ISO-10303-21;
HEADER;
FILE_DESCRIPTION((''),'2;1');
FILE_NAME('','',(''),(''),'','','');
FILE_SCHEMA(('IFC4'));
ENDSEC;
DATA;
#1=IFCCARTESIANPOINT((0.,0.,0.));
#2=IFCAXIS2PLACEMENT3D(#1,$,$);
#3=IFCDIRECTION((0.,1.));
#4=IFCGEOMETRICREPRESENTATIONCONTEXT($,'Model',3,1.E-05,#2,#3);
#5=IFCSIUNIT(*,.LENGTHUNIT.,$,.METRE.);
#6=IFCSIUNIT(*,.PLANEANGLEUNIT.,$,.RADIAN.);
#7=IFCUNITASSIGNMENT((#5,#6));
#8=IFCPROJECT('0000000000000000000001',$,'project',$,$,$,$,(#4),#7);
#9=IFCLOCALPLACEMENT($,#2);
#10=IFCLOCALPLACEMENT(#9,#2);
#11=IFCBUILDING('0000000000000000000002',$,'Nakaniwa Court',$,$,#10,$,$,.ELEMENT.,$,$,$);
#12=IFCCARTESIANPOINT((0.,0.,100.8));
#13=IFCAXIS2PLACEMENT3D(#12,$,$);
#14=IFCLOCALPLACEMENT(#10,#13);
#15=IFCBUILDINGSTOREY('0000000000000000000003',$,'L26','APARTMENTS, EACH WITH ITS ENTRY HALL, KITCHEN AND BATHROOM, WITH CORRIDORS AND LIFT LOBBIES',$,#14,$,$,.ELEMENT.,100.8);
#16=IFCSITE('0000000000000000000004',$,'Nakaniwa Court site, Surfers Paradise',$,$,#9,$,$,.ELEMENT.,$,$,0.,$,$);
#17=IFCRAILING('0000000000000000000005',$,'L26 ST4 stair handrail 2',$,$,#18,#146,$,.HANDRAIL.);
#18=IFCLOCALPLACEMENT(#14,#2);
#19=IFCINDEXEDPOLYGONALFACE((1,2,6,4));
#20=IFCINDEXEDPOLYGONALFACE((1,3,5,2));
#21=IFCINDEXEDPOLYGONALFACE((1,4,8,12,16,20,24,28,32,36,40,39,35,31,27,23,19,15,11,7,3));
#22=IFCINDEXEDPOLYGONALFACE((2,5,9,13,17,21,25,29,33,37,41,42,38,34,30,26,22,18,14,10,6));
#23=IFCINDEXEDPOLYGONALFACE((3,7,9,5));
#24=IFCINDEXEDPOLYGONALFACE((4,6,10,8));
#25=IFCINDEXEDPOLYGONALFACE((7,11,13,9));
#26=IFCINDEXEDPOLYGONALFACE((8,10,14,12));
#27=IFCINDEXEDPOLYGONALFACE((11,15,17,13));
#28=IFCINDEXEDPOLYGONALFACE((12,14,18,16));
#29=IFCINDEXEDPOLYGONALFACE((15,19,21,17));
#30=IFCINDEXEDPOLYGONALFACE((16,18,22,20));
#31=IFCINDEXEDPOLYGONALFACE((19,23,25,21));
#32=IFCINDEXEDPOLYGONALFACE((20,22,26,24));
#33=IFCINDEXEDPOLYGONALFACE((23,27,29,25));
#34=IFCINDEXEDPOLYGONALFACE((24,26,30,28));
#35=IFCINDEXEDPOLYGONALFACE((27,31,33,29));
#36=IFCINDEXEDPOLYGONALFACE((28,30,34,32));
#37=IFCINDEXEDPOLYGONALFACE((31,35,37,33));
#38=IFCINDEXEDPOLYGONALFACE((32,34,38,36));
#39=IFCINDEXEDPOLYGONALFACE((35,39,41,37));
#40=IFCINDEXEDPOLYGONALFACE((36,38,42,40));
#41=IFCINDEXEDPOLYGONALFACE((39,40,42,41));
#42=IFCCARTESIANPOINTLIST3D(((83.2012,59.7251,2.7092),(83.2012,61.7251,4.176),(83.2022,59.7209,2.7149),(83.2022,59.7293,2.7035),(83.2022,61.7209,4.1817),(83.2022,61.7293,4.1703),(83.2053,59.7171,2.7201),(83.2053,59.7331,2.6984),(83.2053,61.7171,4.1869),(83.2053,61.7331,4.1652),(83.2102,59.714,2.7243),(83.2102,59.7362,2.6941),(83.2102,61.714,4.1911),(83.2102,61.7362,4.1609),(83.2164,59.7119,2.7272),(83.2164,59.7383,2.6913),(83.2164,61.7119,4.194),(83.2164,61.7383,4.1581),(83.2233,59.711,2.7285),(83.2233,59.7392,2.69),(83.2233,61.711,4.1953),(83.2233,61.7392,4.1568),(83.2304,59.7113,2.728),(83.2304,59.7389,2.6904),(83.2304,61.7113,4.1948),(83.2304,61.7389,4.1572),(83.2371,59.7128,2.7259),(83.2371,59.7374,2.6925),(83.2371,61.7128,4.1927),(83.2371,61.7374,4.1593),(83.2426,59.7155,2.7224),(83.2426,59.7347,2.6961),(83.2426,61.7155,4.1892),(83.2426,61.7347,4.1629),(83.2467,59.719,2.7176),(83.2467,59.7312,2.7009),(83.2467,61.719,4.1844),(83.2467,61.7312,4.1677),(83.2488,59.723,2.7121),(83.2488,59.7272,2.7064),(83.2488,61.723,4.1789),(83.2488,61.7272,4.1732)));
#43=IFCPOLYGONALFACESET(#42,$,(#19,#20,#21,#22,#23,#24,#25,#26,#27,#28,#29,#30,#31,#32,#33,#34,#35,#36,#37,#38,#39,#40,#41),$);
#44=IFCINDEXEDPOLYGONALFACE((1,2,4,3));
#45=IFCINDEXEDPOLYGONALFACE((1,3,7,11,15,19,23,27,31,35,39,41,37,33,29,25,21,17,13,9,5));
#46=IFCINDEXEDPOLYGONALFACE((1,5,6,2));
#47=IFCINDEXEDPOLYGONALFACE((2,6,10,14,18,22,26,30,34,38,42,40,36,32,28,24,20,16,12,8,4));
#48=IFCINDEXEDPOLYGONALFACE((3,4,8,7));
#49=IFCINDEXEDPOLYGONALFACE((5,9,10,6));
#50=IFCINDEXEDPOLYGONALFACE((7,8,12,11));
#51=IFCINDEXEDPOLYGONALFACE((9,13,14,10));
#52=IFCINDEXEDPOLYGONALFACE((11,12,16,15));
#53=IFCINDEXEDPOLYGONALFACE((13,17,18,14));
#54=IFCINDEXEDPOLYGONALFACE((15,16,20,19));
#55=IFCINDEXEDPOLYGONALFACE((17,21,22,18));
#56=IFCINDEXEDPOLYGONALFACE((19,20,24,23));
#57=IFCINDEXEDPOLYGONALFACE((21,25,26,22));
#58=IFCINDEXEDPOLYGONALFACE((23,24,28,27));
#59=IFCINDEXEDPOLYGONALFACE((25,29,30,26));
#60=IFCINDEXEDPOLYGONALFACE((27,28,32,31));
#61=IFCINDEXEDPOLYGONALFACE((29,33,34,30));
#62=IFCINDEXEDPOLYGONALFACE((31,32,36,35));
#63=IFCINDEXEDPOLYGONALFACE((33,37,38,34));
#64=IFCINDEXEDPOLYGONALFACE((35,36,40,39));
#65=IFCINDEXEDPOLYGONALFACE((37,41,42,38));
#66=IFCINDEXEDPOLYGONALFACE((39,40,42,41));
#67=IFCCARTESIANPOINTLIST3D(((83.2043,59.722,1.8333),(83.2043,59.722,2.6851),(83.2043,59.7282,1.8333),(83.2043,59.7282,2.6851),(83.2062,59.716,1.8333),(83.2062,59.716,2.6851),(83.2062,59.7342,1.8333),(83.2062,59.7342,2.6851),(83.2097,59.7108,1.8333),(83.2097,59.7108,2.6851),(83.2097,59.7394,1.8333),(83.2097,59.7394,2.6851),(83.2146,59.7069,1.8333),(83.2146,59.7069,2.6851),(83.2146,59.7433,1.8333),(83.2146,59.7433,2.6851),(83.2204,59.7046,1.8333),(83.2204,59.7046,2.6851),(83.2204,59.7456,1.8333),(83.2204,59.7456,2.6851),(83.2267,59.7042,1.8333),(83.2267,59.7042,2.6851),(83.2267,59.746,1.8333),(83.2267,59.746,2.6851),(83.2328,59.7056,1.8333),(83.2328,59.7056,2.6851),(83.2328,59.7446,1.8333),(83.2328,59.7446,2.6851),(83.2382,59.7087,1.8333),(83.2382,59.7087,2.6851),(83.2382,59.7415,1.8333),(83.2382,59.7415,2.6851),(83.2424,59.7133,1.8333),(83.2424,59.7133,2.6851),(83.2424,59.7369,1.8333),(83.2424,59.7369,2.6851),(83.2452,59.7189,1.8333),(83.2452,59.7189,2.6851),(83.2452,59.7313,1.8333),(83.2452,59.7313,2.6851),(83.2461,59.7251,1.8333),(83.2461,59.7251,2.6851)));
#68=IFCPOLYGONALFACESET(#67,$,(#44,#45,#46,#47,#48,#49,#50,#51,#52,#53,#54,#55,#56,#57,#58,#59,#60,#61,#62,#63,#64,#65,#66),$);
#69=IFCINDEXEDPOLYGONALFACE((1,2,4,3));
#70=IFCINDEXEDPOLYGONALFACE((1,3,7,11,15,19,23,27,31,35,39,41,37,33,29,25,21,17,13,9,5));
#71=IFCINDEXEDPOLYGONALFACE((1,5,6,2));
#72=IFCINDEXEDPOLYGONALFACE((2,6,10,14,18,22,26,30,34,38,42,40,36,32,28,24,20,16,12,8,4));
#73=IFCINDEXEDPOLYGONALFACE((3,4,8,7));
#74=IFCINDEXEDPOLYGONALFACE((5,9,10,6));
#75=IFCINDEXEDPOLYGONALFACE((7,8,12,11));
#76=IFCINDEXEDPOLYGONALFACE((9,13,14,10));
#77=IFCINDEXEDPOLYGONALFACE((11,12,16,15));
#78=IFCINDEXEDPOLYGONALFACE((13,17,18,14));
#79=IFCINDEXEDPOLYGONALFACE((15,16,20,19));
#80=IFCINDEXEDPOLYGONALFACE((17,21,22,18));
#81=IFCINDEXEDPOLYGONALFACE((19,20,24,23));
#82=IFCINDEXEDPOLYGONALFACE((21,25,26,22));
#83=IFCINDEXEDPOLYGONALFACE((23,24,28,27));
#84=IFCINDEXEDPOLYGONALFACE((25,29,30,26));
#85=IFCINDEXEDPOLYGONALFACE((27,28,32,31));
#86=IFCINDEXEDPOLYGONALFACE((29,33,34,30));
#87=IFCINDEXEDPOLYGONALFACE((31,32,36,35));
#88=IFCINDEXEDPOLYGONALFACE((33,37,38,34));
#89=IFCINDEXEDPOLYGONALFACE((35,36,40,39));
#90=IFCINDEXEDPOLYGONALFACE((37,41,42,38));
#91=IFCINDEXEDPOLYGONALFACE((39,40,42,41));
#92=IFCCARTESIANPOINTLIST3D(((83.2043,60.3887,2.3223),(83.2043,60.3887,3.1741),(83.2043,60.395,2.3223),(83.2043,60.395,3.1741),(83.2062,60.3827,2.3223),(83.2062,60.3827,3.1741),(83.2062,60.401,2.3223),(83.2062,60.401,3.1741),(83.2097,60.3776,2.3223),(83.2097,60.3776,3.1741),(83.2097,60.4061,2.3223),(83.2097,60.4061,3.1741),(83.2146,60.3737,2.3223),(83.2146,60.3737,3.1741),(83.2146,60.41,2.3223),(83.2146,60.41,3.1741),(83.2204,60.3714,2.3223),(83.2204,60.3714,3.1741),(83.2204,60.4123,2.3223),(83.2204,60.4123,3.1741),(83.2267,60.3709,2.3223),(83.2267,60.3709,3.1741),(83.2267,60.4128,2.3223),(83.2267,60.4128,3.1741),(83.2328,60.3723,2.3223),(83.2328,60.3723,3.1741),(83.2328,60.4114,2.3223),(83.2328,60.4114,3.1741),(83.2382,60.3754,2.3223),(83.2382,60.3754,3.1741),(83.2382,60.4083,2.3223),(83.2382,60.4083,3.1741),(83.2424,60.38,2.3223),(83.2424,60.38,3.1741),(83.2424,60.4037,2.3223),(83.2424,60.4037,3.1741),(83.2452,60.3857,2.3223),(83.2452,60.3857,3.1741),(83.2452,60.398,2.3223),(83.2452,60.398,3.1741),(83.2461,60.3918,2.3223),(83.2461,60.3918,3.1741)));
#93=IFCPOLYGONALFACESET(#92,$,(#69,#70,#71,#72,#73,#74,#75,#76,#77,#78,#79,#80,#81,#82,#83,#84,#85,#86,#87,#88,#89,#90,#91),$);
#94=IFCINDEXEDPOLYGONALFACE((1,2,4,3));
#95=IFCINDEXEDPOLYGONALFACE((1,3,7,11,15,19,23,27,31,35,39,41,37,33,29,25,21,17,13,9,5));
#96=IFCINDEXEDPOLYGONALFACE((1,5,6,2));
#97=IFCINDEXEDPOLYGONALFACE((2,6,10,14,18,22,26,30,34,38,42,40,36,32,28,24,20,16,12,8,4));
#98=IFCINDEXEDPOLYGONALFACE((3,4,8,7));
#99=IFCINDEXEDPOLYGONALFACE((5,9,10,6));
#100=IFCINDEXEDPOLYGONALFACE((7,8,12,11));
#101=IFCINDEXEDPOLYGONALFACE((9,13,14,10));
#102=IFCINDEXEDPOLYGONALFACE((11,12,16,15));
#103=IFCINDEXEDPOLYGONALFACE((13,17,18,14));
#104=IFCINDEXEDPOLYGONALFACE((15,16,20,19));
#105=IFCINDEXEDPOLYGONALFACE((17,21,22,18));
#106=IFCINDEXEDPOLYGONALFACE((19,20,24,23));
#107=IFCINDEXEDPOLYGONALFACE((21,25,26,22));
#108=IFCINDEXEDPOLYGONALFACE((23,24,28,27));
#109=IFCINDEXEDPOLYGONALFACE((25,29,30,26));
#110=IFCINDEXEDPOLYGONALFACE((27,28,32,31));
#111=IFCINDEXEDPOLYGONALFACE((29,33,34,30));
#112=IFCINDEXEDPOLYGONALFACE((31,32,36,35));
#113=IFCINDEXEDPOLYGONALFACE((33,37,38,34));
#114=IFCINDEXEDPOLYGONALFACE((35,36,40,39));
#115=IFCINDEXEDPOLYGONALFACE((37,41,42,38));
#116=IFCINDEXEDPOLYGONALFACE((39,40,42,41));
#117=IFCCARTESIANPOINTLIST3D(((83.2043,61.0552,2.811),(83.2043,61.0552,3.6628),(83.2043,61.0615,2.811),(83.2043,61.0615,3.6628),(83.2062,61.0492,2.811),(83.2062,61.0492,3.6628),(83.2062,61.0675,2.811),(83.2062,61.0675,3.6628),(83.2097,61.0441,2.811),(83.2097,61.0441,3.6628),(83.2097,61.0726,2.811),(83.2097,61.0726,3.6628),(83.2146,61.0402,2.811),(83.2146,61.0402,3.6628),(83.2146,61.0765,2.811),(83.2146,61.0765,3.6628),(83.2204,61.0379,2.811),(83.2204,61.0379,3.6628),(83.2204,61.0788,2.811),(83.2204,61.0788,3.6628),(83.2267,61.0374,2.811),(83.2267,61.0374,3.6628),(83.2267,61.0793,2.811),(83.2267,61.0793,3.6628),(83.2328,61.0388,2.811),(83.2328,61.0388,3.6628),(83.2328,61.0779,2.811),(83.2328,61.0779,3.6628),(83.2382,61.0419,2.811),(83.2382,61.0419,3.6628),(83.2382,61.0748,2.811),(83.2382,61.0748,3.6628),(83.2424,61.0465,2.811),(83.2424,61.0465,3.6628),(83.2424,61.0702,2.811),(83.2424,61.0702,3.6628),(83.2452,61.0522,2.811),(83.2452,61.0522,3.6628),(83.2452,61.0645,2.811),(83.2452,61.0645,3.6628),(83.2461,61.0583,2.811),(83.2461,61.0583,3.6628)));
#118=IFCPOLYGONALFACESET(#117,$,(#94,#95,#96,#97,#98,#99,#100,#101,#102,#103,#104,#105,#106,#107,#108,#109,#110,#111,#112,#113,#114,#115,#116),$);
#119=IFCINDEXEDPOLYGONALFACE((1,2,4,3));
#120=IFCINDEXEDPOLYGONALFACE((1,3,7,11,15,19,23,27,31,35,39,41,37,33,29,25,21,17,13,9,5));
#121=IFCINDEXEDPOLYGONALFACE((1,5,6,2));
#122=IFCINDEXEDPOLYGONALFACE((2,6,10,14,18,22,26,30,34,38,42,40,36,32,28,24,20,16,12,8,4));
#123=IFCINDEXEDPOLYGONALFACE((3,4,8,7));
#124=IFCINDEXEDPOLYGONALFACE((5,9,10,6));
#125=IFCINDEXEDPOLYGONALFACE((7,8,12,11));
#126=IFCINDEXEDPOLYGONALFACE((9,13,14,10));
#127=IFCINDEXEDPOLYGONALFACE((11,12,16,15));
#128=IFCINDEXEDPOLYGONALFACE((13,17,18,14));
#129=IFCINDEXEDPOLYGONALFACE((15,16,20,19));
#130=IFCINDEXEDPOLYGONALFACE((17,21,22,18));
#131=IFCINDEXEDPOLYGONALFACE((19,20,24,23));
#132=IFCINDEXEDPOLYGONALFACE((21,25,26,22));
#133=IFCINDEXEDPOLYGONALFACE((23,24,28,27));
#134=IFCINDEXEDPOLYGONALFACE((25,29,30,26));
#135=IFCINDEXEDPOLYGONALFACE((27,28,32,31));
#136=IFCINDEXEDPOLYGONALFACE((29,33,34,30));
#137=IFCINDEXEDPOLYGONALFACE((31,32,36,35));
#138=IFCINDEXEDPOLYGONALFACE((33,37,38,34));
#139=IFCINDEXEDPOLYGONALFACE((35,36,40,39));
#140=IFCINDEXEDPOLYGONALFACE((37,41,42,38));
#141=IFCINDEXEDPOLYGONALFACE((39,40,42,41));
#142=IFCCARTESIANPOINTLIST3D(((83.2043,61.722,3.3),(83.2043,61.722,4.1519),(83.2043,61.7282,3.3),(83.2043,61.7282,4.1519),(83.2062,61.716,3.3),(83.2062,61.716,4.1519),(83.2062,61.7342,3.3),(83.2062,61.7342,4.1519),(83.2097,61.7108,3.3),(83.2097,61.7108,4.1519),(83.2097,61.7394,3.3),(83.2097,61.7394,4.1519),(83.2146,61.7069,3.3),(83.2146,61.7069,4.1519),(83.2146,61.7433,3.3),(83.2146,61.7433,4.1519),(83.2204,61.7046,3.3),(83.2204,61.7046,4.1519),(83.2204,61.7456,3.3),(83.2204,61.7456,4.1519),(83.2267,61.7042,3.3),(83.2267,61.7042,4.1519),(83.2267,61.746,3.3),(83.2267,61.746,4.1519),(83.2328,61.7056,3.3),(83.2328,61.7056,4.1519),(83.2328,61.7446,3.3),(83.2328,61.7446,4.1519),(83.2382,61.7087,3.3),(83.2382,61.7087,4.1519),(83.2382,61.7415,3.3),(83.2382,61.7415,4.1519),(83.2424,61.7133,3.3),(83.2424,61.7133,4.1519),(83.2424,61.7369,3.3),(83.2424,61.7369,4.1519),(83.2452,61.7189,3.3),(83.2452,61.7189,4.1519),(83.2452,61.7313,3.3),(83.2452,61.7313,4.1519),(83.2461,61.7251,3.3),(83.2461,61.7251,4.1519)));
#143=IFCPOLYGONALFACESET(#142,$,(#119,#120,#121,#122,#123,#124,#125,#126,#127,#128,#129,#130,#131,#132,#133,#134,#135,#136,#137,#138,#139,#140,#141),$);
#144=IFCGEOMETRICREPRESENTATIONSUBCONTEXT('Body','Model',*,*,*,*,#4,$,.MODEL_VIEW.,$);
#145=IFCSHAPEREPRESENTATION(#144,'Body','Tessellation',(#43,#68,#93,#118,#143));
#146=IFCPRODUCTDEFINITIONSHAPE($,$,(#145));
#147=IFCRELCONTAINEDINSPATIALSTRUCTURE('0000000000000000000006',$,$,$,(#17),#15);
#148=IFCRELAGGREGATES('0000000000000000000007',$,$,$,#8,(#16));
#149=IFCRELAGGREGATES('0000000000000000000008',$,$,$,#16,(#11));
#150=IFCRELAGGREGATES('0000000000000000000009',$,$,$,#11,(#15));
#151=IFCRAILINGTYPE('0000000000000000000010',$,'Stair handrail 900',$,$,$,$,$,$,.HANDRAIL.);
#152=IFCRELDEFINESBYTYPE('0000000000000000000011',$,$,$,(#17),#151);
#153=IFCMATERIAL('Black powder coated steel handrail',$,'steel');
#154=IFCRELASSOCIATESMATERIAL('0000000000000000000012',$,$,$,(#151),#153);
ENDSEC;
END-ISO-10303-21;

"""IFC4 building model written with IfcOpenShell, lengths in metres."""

from ifc_helpers import new_model, si_unit, direction, frame, origin, origin_2d, place, context, subcontext, project, spatial, circle, extrude, material, type_object, element, save


model = new_model("IFC4")

# Units and contexts
model_context = context("Model", 3, precision=1e-05, world=origin(), true_north=direction((0.0, 1.0)))
body_context = subcontext(model_context, "Body", "Model", "MODEL_VIEW")
ifc_project = project(units=[si_unit("LENGTHUNIT", "METRE"), si_unit("PLANEANGLEUNIT", "RADIAN")], contexts=[model_context])

# Site, building, storey
site_placement = place(None, origin())
site = spatial("IfcSite", under=ifc_project, at=site_placement, Name="Nakaniwa Court site, Surfers Paradise", CompositionType="ELEMENT", RefElevation=0.0)
building_placement = place(site_placement, origin())
building = spatial("IfcBuilding", under=site, at=building_placement, Name="Nakaniwa Court", CompositionType="ELEMENT")
storey_placement = place(building_placement, frame((0.0, 0.0, 100.8)))
storey = spatial("IfcBuildingStorey", under=building, at=storey_placement, Name="L26", Description="APARTMENTS, EACH WITH ITS ENTRY HALL, KITCHEN AND BATHROOM, WITH CORRIDORS AND LIFT LOBBIES", CompositionType="ELEMENT", Elevation=100.8)

# Railing
ifc_material_1 = material(Name="Black powder coated steel handrail", Category="steel")
railing_type_1 = type_object("IfcRailingType", Name="Stair handrail 900", PredefinedType="HANDRAIL", material=ifc_material_1)
railing_1_placement = place(storey_placement, frame((83.2251, 59.7251, 1.8333)))
element("IfcRailing", 1, at=railing_1_placement, inside=storey, type_object=railing_type_1, Name="L26 ST4 stair handrail 2", PredefinedType="HANDRAIL", context=body_context, shape_type="SweptSolid", body=[
    extrude(circle(Radius=0.0239, at=origin_2d()), frame((0.0, 0.0, 0.876), z_axis=(0.0, 0.80638, 0.591398), x_axis=(-1.0, 0.0, 0.0)), (0.0, 0.0, 1.0), 2.4802),
    extrude(circle(Radius=0.021, at=origin_2d()), origin(), (0.0, 0.0, 1.0), 0.8518),
    extrude(circle(Radius=0.021, at=origin_2d()), frame((0.0, 0.6667, 0.489)), (0.0, 0.0, 1.0), 0.8518),
    extrude(circle(Radius=0.021, at=origin_2d()), frame((0.0, 1.3333, 0.9778)), (0.0, 0.0, 1.0), 0.8518),
    extrude(circle(Radius=0.021, at=origin_2d()), frame((0.0, 2.0, 1.4668)), (0.0, 0.0, 1.0), 0.8518),
])

save(model, "model.ifc")
